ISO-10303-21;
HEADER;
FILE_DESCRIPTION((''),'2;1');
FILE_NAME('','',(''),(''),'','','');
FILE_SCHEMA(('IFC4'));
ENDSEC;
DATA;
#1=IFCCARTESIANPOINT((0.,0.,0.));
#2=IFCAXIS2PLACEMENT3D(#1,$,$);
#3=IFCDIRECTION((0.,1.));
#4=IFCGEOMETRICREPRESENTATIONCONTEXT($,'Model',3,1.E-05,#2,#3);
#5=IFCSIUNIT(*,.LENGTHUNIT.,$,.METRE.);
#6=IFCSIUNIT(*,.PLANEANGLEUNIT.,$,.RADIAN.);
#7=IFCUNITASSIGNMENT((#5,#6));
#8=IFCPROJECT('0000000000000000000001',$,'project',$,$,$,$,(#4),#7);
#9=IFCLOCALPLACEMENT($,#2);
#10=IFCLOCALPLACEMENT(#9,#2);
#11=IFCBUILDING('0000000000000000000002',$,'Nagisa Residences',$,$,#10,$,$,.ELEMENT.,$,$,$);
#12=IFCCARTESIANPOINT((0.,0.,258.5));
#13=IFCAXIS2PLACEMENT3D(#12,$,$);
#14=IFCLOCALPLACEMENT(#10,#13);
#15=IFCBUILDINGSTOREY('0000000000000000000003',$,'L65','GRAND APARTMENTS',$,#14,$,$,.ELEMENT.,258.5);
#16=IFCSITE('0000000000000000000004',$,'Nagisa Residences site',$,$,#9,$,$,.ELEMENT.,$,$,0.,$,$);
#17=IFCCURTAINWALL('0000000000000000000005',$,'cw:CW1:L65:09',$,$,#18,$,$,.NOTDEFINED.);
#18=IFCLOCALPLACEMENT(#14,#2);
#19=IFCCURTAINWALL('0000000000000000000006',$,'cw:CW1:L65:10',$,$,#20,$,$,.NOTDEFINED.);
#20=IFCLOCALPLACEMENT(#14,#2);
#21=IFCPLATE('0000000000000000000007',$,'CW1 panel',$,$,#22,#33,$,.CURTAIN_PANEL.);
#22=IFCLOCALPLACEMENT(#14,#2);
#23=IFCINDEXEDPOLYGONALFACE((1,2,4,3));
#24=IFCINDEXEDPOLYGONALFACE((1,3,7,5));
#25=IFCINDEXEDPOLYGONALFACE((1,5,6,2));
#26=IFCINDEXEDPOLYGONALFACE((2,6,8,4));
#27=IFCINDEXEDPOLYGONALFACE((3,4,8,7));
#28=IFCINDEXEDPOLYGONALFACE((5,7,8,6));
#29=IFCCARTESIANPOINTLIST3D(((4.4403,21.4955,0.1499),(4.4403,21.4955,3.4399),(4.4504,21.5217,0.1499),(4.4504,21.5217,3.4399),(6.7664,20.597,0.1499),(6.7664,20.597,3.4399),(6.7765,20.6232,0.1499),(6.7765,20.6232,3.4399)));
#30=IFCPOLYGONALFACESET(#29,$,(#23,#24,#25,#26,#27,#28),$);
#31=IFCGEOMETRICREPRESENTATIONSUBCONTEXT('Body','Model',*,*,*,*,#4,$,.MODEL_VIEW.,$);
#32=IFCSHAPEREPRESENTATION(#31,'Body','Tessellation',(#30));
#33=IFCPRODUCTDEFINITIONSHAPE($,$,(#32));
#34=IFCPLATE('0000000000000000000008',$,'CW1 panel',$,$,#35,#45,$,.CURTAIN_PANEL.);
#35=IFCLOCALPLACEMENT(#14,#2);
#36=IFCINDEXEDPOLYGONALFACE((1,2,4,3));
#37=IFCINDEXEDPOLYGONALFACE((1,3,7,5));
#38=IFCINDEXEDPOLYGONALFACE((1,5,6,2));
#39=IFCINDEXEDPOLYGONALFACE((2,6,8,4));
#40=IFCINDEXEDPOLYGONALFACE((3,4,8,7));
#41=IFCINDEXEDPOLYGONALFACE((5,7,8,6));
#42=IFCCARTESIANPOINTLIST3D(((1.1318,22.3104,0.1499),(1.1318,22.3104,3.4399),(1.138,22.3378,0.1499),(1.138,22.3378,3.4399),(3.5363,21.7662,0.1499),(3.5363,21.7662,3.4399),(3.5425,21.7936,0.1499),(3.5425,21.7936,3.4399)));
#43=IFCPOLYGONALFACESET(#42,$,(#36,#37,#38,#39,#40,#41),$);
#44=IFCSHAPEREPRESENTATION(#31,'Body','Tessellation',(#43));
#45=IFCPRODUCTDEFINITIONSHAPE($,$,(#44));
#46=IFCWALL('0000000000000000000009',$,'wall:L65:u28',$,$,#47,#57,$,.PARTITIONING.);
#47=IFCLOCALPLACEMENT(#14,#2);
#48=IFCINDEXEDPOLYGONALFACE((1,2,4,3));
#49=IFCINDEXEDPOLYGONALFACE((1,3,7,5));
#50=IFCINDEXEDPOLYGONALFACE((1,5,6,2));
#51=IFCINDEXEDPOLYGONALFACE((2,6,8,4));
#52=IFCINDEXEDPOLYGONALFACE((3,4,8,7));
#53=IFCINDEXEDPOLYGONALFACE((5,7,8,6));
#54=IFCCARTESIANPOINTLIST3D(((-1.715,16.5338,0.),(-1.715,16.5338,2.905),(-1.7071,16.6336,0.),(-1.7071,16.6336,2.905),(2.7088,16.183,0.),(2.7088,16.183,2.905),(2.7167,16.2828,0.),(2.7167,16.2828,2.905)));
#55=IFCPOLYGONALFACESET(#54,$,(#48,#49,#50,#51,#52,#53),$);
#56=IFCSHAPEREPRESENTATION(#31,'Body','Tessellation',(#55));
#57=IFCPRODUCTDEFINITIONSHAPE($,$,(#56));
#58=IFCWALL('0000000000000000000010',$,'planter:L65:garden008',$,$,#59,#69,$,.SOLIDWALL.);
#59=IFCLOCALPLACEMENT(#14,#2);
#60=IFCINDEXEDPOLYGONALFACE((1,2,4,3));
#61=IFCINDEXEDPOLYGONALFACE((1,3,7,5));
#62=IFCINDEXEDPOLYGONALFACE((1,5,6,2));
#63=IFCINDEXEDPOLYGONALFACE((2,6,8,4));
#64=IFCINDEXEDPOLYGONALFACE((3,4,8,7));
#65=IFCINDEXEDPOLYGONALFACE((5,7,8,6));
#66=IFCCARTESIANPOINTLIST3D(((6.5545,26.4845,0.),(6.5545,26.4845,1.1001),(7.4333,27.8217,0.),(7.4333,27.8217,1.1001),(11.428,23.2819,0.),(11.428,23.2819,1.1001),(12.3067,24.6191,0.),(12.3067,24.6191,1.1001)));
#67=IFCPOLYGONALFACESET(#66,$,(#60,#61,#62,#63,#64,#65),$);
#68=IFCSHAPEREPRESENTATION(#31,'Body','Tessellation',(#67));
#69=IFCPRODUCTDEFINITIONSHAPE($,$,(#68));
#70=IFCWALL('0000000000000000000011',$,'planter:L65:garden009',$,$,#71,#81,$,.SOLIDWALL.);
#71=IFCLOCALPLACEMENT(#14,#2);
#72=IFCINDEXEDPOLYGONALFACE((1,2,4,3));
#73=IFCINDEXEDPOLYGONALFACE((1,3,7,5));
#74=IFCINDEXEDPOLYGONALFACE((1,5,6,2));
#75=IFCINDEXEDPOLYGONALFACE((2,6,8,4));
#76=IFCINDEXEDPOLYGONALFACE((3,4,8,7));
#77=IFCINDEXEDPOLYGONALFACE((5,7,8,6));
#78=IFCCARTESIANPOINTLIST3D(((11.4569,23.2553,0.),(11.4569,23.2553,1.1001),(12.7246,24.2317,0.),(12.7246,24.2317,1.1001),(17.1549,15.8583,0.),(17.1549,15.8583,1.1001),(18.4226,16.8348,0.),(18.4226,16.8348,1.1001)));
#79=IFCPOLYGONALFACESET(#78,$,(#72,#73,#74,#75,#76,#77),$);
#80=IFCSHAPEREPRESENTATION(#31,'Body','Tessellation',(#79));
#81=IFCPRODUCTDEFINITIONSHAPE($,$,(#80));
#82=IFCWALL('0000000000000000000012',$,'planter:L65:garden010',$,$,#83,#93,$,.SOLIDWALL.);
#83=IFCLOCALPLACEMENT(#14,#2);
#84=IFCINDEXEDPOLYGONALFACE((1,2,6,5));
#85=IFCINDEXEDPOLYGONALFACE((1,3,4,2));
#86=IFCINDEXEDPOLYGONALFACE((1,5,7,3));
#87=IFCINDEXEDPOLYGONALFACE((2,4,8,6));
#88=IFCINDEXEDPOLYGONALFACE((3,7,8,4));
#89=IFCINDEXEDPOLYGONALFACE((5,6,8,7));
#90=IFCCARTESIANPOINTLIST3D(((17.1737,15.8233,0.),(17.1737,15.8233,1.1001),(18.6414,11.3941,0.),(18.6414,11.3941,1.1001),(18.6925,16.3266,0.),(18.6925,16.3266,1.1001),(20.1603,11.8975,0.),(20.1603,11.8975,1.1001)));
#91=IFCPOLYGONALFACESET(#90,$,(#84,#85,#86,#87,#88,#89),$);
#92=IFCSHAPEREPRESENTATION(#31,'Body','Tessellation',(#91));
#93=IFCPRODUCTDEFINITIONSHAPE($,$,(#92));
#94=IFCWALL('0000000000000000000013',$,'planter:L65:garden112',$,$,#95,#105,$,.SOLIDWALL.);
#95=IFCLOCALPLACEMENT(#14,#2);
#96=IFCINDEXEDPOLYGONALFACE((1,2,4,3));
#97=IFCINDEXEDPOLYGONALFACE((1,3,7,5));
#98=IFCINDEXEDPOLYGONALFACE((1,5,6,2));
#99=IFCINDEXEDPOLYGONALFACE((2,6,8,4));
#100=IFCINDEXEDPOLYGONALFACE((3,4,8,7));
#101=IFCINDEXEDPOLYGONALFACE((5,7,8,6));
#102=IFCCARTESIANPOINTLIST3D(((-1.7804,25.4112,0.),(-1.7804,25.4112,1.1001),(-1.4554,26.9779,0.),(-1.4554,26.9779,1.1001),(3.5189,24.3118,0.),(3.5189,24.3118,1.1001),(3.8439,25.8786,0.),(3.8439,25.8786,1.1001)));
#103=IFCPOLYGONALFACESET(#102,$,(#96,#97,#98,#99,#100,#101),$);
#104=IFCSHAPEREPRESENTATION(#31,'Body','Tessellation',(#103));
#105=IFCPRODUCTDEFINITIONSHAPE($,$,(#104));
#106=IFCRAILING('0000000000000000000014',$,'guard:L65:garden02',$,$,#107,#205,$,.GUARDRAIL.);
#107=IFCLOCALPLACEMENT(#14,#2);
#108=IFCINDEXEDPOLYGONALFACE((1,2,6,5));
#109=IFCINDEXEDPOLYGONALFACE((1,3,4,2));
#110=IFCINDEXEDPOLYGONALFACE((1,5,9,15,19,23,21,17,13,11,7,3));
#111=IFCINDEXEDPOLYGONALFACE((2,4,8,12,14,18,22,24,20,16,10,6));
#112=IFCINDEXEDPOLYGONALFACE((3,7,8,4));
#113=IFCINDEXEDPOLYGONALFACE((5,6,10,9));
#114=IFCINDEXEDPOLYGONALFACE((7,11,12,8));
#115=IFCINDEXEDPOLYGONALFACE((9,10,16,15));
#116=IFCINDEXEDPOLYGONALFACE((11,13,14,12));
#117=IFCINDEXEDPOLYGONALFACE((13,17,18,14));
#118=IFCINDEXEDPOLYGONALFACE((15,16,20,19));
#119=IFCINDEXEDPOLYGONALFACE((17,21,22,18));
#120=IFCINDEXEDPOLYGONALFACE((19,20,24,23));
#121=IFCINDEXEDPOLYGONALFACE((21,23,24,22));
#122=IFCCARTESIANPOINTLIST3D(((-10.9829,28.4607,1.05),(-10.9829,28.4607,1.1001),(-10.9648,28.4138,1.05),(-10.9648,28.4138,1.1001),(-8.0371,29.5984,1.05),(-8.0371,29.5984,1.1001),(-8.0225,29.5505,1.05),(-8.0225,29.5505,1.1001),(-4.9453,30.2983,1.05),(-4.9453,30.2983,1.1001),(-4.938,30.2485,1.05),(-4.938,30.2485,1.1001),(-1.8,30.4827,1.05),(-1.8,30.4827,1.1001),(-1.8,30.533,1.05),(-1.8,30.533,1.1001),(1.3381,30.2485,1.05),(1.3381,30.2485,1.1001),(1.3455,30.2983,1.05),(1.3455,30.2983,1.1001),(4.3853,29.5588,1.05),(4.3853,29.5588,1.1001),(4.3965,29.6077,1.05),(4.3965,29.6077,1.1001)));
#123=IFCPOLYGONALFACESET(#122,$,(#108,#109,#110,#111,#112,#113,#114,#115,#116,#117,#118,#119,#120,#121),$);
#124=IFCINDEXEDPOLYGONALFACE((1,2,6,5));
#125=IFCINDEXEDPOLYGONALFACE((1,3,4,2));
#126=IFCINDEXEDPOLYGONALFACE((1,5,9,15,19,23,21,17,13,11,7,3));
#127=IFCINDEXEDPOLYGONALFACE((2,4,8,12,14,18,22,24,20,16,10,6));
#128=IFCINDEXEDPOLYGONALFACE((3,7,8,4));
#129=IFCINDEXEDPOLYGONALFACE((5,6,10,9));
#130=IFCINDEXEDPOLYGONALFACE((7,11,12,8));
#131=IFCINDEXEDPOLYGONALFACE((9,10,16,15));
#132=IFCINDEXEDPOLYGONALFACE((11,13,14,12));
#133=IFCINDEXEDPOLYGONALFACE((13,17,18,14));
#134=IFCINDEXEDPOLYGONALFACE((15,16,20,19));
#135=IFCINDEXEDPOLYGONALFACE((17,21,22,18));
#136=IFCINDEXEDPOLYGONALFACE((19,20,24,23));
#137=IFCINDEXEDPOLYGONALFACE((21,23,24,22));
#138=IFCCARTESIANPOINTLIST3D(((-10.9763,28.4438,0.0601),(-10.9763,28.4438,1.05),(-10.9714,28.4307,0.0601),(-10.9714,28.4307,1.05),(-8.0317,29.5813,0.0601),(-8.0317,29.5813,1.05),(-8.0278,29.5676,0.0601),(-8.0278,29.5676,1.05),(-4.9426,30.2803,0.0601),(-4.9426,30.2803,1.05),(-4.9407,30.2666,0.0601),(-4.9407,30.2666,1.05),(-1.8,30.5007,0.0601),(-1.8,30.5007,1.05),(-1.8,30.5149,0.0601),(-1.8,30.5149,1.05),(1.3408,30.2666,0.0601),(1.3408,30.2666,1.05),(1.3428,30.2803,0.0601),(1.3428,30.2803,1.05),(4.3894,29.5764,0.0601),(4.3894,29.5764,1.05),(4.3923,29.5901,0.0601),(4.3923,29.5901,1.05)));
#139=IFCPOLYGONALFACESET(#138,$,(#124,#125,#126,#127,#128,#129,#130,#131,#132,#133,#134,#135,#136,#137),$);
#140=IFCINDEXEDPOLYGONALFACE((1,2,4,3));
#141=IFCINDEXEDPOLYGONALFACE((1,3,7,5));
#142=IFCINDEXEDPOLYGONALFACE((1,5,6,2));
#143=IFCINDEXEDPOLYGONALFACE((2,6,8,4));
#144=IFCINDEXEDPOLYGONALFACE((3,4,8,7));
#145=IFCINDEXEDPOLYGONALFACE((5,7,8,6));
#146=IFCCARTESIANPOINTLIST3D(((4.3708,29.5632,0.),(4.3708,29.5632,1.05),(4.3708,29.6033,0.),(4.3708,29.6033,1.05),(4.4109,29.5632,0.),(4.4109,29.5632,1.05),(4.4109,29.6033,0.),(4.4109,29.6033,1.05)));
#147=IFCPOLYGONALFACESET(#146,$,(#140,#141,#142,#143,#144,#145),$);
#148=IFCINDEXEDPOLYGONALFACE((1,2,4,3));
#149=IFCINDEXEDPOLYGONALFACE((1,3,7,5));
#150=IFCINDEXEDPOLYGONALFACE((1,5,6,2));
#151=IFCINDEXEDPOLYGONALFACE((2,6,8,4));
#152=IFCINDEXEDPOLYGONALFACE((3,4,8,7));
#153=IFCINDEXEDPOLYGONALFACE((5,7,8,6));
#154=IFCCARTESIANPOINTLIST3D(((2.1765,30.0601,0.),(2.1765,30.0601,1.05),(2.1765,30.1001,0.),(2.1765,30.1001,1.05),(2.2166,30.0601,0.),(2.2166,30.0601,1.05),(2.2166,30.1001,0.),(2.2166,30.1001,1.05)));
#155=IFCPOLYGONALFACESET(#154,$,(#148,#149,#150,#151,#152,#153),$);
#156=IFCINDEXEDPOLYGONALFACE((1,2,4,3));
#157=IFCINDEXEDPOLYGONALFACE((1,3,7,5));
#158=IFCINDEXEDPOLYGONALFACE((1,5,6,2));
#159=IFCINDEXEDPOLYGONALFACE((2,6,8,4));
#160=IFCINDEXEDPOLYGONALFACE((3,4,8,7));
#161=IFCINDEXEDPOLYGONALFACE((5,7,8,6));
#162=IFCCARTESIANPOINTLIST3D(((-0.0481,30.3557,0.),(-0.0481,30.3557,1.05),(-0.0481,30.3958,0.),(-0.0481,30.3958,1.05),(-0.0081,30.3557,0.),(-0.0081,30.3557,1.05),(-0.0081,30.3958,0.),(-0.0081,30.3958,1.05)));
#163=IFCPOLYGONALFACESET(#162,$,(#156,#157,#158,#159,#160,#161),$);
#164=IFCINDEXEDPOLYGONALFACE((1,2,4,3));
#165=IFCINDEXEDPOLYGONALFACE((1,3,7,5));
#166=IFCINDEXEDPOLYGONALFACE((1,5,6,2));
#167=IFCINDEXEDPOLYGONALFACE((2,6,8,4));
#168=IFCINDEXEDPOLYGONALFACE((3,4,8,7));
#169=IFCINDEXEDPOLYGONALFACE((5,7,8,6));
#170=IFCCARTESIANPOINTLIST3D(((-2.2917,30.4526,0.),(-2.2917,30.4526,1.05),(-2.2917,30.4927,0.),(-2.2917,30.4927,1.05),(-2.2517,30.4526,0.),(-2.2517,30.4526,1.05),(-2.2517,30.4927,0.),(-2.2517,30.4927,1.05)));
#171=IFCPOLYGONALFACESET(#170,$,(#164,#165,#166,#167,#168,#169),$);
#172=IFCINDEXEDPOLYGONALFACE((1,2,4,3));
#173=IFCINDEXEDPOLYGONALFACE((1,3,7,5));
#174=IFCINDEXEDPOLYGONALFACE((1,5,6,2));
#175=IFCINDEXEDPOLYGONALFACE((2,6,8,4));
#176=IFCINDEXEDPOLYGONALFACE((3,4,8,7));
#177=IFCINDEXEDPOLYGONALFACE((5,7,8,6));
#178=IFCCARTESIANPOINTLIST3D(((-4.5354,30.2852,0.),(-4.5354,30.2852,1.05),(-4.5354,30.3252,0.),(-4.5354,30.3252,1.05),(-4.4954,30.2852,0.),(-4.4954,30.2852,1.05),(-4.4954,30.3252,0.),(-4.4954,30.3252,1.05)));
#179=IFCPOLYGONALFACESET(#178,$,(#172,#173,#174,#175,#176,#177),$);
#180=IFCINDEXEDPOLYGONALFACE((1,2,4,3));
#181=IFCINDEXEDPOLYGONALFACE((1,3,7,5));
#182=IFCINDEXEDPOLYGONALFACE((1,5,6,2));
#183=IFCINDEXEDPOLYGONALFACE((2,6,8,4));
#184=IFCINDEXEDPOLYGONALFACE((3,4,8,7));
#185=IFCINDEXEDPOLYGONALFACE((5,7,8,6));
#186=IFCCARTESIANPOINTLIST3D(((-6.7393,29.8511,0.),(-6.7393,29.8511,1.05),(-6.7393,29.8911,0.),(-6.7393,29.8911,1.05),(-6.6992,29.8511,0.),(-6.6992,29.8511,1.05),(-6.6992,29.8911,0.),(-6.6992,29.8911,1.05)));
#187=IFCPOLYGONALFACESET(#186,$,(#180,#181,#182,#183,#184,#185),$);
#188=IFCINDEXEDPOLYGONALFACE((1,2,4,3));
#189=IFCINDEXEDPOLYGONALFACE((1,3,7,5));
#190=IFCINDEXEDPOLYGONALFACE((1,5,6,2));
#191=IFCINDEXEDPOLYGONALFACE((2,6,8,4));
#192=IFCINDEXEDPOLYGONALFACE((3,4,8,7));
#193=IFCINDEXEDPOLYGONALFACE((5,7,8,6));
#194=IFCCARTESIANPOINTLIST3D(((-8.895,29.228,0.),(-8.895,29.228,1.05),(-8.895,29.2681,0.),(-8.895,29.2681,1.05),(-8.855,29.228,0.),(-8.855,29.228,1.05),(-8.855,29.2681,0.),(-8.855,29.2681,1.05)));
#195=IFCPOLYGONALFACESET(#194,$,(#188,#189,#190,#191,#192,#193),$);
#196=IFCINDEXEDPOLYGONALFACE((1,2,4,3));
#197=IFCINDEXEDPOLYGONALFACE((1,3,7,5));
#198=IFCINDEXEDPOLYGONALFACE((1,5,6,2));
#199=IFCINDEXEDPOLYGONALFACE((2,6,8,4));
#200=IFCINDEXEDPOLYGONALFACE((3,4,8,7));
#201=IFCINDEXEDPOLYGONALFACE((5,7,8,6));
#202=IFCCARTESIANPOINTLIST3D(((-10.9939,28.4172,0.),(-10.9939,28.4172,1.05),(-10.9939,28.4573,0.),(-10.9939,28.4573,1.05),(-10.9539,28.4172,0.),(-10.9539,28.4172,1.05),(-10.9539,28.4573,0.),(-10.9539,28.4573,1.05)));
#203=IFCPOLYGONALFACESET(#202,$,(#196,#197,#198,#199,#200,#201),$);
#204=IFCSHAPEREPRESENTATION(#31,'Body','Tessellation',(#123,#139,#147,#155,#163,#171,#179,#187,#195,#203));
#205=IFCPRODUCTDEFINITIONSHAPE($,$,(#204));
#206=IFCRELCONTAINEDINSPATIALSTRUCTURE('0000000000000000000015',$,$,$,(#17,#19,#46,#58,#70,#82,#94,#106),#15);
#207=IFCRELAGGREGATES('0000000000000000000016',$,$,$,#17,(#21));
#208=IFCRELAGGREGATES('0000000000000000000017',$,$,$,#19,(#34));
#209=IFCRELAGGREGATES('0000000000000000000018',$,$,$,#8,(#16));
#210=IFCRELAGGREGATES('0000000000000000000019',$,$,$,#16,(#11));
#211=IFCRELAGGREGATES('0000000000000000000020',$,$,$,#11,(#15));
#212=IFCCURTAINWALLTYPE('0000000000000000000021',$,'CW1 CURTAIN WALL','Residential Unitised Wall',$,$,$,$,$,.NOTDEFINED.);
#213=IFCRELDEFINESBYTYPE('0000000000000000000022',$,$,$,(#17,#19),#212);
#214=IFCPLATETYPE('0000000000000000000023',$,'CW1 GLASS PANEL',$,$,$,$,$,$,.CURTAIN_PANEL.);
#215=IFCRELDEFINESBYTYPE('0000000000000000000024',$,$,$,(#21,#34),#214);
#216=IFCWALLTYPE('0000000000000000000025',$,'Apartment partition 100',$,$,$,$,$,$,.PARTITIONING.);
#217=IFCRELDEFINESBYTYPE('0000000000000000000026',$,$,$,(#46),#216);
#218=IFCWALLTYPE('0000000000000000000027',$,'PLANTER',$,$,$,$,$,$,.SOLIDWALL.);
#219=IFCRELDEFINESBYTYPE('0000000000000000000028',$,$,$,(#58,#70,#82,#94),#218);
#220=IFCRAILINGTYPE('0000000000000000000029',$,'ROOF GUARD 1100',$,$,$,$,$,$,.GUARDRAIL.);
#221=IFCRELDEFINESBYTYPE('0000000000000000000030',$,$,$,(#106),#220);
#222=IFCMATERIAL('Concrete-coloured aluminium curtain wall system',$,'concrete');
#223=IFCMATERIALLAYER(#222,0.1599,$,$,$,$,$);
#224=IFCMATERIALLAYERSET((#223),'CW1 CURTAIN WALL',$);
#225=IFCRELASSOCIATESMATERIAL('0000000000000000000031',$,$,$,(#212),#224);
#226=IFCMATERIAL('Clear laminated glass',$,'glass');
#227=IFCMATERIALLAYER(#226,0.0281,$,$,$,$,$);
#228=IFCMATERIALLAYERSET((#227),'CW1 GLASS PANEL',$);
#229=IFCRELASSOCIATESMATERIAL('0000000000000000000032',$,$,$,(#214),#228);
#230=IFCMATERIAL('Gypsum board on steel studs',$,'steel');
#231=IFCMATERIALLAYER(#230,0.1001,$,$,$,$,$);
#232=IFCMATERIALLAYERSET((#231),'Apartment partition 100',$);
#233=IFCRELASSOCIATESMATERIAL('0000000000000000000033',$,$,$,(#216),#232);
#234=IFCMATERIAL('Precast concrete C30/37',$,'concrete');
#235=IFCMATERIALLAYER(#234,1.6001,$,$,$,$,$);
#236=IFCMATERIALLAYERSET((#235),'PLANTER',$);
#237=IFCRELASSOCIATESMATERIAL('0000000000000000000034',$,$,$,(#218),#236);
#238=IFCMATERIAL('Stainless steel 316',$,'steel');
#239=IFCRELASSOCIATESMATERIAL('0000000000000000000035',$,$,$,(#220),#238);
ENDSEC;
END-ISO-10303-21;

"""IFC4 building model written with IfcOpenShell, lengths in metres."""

from ifc_helpers import new_model, si_unit, direction, frame, frame_2d, origin, origin_2d, place, context, subcontext, project, spatial, polyline, rectangle, outline, extrude, material, layer, layer_set, type_object, element, aggregate, save


model = new_model("IFC4")

# Units and contexts
model_context = context("Model", 3, precision=1e-05, world=origin(), true_north=direction((0.0, 1.0)))
body_context = subcontext(model_context, "Body", "Model", "MODEL_VIEW")
ifc_project = project(units=[si_unit("LENGTHUNIT", "METRE"), si_unit("PLANEANGLEUNIT", "RADIAN")], contexts=[model_context])

# Site, building, storey
site_placement = place(None, origin())
site = spatial("IfcSite", under=ifc_project, at=site_placement, Name="Nagisa Residences site", CompositionType="ELEMENT", RefElevation=0.0)
building_placement = place(site_placement, origin())
building = spatial("IfcBuilding", under=site, at=building_placement, Name="Nagisa Residences", CompositionType="ELEMENT")
storey_placement = place(building_placement, frame((0.0, 0.0, 258.5)))
storey = spatial("IfcBuildingStorey", under=building, at=storey_placement, Name="L65", Description="GRAND APARTMENTS", CompositionType="ELEMENT", Elevation=258.5)

# Curtain walls
ifc_material_1 = material(Name="Concrete-coloured aluminium curtain wall system", Category="concrete")
ifc_layer_1 = layer(ifc_material_1, 0.1599)
ifc_layer_set_1 = layer_set([ifc_layer_1], Name="CW1 CURTAIN WALL")
curtain_wall_type = type_object("IfcCurtainWallType", Name="CW1 CURTAIN WALL", Description="Residential Unitised Wall", PredefinedType="NOTDEFINED", material=ifc_layer_set_1)
curtain_wall_1_placement = place(storey_placement, origin())
curtain_wall_1 = element("IfcCurtainWall", 1, at=curtain_wall_1_placement, inside=storey, type_object=curtain_wall_type, Name="cw:CW1:L65:09", PredefinedType="NOTDEFINED")
curtain_wall_2_placement = place(storey_placement, origin())
curtain_wall_2 = element("IfcCurtainWall", 2, at=curtain_wall_2_placement, inside=storey, type_object=curtain_wall_type, Name="cw:CW1:L65:10", PredefinedType="NOTDEFINED")

# Shared definitions
ifc_material_2 = material(Name="Clear laminated glass", Category="glass")
ifc_layer_2 = layer(ifc_material_2, 0.0281)
ifc_layer_set_2 = layer_set([ifc_layer_2], Name="CW1 GLASS PANEL")
plate_type = type_object("IfcPlateType", Name="CW1 GLASS PANEL", PredefinedType="CURTAIN_PANEL", material=ifc_layer_set_2)

# Plates
plate_1_placement = place(storey_placement, frame((5.6084, 21.0593, 0.1499), z_axis=(0.0, 0.0, 1.0), x_axis=(-0.932826, 0.360328, 0.0)))
plate_1 = element("IfcPlate", 3, at=plate_1_placement, type_object=plate_type, Name="CW1 panel", PredefinedType="CURTAIN_PANEL", context=body_context, shape_type="SweptSolid", body=[
    extrude(rectangle(XDim=2.4937, YDim=0.0281, at=origin_2d()), origin(), (0.0, 0.0, 1.0), 3.29),
])
aggregate(curtain_wall_1, [plate_1])
plate_2_placement = place(storey_placement, frame((2.3372, 22.052, 0.1499), z_axis=(0.0, 0.0, 1.0), x_axis=(-0.975327, 0.220764, 0.0)))
plate_2 = element("IfcPlate", 4, at=plate_2_placement, type_object=plate_type, Name="CW1 panel", PredefinedType="CURTAIN_PANEL", context=body_context, shape_type="SweptSolid", body=[
    extrude(rectangle(XDim=2.4653, YDim=0.0281, at=origin_2d()), origin(), (0.0, 0.0, 1.0), 3.29),
])
aggregate(curtain_wall_2, [plate_2])

# Wall
ifc_material_3 = material(Name="Gypsum board on steel studs", Category="steel")
ifc_layer_3 = layer(ifc_material_3, 0.1001)
ifc_layer_set_3 = layer_set([ifc_layer_3], Name="Apartment partition 100")
wall_type_1 = type_object("IfcWallType", Name="Apartment partition 100", PredefinedType="PARTITIONING", material=ifc_layer_set_3)
wall_1_placement = place(storey_placement, frame((2.7126, 16.2329, 0.0), z_axis=(0.0, 0.0, 1.0), x_axis=(-0.99687, 0.079056, 0.0)))
element("IfcWall", 5, at=wall_1_placement, inside=storey, type_object=wall_type_1, Name="wall:L65:u28", PredefinedType="PARTITIONING", context=body_context, shape_type="SweptSolid", body=[
    extrude(rectangle(XDim=4.4377, YDim=0.1001, at=frame_2d((2.2188, 0.0))), origin(), (0.0, 0.0, 1.0), 2.905),
])

# Walls
ifc_material_4 = material(Name="Precast concrete C30/37", Category="concrete")
ifc_layer_4 = layer(ifc_material_4, 1.6001)
ifc_layer_set_4 = layer_set([ifc_layer_4], Name="PLANTER")
wall_type_2 = type_object("IfcWallType", Name="PLANTER", PredefinedType="SOLIDWALL", material=ifc_layer_set_4)
wall_2_placement = place(storey_placement, frame((6.9939, 27.1531, 0.0), z_axis=(0.0, 0.0, 1.0), x_axis=(0.835703, -0.549181, 0.0)))
element("IfcWall", 6, at=wall_2_placement, inside=storey, type_object=wall_type_2, Name="planter:L65:garden008", PredefinedType="SOLIDWALL", context=body_context, shape_type="SweptSolid", body=[
    extrude(rectangle(XDim=5.8315, YDim=1.6001, at=frame_2d((2.9158, 0.0))), origin(), (0.0, 0.0, 1.0), 1.1001),
])
wall_3_placement = place(storey_placement, frame((12.0908, 23.7434, 0.0), z_axis=(0.0, 0.0, 1.0), x_axis=(0.61025, -0.792209, 0.0)))
element("IfcWall", 7, at=wall_3_placement, inside=storey, type_object=wall_type_2, Name="planter:L65:garden009", PredefinedType="SOLIDWALL", context=body_context, shape_type="SweptSolid", body=[
    extrude(rectangle(XDim=9.3372, YDim=1.6001, at=frame_2d((4.6685, 0.0))), origin(), (0.0, 0.0, 1.0), 1.1001),
])
wall_4_placement = place(storey_placement, frame((17.9331, 16.075, 0.0), z_axis=(0.0, 0.0, 1.0), x_axis=(0.314563, -0.949236, 0.0)))
element("IfcWall", 8, at=wall_4_placement, inside=storey, type_object=wall_type_2, Name="planter:L65:garden010", PredefinedType="SOLIDWALL", context=body_context, shape_type="SweptSolid", body=[
    extrude(rectangle(XDim=4.666, YDim=1.6001, at=frame_2d((2.333, 0.0))), origin(), (0.0, 0.0, 1.0), 1.1001),
])
wall_5_placement = place(storey_placement, frame((3.6814, 25.0952, 0.0), z_axis=(0.0, 0.0, 1.0), x_axis=(-0.979152, 0.203129, 0.0)))
element("IfcWall", 9, at=wall_5_placement, inside=storey, type_object=wall_type_2, Name="planter:L65:garden112", PredefinedType="SOLIDWALL", context=body_context, shape_type="SweptSolid", body=[
    extrude(rectangle(XDim=5.4121, YDim=1.6001, at=frame_2d((2.7061, 0.0))), origin(), (0.0, 0.0, 1.0), 1.1001),
])

# Railing
ifc_material_5 = material(Name="Stainless steel 316", Category="steel")
railing_type = type_object("IfcRailingType", Name="ROOF GUARD 1100", PredefinedType="GUARDRAIL", material=ifc_material_5)
railing_1_placement = place(storey_placement, frame((4.3909, 29.5833, 0.0)))
element("IfcRailing", 10, at=railing_1_placement, inside=storey, type_object=railing_type, Name="guard:L65:garden02", PredefinedType="GUARDRAIL", context=body_context, shape_type="SweptSolid", body=[
    extrude(outline(polyline([(-3.0527, 0.6653), (-0.0056, -0.0244), (0.0056, 0.0244), (-3.0454, 0.7151), (-6.1909, 0.9497), (-9.3362, 0.7151), (-12.428, 0.0151), (-15.3738, -1.1226), (-15.3557, -1.1694), (-12.4133, -0.0327), (-9.3289, 0.6653), (-6.1909, 0.8994), (-3.0527, 0.6653)])), frame((0.0, 0.0, 1.05)), (0.0, 0.0, 1.0), 0.05),
    extrude(outline(polyline([(-3.05, 0.6833), (-0.0015, -0.0068), (0.0015, 0.0068), (-3.0481, 0.697), (-6.1909, 0.9316), (-9.3335, 0.697), (-12.4226, -0.002), (-15.3672, -1.1394), (-15.3623, -1.1526), (-12.4187, -0.0156), (-9.3315, 0.6833), (-6.1909, 0.9175), (-3.05, 0.6833)])), frame((0.0, 0.0, 0.0601)), (0.0, 0.0, 1.0), 0.99),
    extrude(rectangle(XDim=0.04, YDim=0.04, at=origin_2d()), origin(), (0.0, 0.0, 1.0), 1.05),
    extrude(rectangle(XDim=0.04, YDim=0.04, at=origin_2d()), frame((-2.1943, 0.4968, 0.0)), (0.0, 0.0, 1.0), 1.05),
    extrude(rectangle(XDim=0.04, YDim=0.04, at=origin_2d()), frame((-4.4189, 0.7925, 0.0)), (0.0, 0.0, 1.0), 1.05),
    extrude(rectangle(XDim=0.04, YDim=0.04, at=origin_2d()), frame((-6.6626, 0.8894, 0.0)), (0.0, 0.0, 1.0), 1.05),
    extrude(rectangle(XDim=0.04, YDim=0.04, at=origin_2d()), frame((-8.9062, 0.7219, 0.0)), (0.0, 0.0, 1.0), 1.05),
    extrude(rectangle(XDim=0.04, YDim=0.04, at=origin_2d()), frame((-11.1101, 0.2878, 0.0)), (0.0, 0.0, 1.0), 1.05),
    extrude(rectangle(XDim=0.04, YDim=0.04, at=origin_2d()), frame((-13.2659, -0.3352, 0.0)), (0.0, 0.0, 1.0), 1.05),
    extrude(rectangle(XDim=0.04, YDim=0.04, at=origin_2d()), frame((-15.3647, -1.146, 0.0)), (0.0, 0.0, 1.0), 1.05),
])

save(model, "model.ifc")
